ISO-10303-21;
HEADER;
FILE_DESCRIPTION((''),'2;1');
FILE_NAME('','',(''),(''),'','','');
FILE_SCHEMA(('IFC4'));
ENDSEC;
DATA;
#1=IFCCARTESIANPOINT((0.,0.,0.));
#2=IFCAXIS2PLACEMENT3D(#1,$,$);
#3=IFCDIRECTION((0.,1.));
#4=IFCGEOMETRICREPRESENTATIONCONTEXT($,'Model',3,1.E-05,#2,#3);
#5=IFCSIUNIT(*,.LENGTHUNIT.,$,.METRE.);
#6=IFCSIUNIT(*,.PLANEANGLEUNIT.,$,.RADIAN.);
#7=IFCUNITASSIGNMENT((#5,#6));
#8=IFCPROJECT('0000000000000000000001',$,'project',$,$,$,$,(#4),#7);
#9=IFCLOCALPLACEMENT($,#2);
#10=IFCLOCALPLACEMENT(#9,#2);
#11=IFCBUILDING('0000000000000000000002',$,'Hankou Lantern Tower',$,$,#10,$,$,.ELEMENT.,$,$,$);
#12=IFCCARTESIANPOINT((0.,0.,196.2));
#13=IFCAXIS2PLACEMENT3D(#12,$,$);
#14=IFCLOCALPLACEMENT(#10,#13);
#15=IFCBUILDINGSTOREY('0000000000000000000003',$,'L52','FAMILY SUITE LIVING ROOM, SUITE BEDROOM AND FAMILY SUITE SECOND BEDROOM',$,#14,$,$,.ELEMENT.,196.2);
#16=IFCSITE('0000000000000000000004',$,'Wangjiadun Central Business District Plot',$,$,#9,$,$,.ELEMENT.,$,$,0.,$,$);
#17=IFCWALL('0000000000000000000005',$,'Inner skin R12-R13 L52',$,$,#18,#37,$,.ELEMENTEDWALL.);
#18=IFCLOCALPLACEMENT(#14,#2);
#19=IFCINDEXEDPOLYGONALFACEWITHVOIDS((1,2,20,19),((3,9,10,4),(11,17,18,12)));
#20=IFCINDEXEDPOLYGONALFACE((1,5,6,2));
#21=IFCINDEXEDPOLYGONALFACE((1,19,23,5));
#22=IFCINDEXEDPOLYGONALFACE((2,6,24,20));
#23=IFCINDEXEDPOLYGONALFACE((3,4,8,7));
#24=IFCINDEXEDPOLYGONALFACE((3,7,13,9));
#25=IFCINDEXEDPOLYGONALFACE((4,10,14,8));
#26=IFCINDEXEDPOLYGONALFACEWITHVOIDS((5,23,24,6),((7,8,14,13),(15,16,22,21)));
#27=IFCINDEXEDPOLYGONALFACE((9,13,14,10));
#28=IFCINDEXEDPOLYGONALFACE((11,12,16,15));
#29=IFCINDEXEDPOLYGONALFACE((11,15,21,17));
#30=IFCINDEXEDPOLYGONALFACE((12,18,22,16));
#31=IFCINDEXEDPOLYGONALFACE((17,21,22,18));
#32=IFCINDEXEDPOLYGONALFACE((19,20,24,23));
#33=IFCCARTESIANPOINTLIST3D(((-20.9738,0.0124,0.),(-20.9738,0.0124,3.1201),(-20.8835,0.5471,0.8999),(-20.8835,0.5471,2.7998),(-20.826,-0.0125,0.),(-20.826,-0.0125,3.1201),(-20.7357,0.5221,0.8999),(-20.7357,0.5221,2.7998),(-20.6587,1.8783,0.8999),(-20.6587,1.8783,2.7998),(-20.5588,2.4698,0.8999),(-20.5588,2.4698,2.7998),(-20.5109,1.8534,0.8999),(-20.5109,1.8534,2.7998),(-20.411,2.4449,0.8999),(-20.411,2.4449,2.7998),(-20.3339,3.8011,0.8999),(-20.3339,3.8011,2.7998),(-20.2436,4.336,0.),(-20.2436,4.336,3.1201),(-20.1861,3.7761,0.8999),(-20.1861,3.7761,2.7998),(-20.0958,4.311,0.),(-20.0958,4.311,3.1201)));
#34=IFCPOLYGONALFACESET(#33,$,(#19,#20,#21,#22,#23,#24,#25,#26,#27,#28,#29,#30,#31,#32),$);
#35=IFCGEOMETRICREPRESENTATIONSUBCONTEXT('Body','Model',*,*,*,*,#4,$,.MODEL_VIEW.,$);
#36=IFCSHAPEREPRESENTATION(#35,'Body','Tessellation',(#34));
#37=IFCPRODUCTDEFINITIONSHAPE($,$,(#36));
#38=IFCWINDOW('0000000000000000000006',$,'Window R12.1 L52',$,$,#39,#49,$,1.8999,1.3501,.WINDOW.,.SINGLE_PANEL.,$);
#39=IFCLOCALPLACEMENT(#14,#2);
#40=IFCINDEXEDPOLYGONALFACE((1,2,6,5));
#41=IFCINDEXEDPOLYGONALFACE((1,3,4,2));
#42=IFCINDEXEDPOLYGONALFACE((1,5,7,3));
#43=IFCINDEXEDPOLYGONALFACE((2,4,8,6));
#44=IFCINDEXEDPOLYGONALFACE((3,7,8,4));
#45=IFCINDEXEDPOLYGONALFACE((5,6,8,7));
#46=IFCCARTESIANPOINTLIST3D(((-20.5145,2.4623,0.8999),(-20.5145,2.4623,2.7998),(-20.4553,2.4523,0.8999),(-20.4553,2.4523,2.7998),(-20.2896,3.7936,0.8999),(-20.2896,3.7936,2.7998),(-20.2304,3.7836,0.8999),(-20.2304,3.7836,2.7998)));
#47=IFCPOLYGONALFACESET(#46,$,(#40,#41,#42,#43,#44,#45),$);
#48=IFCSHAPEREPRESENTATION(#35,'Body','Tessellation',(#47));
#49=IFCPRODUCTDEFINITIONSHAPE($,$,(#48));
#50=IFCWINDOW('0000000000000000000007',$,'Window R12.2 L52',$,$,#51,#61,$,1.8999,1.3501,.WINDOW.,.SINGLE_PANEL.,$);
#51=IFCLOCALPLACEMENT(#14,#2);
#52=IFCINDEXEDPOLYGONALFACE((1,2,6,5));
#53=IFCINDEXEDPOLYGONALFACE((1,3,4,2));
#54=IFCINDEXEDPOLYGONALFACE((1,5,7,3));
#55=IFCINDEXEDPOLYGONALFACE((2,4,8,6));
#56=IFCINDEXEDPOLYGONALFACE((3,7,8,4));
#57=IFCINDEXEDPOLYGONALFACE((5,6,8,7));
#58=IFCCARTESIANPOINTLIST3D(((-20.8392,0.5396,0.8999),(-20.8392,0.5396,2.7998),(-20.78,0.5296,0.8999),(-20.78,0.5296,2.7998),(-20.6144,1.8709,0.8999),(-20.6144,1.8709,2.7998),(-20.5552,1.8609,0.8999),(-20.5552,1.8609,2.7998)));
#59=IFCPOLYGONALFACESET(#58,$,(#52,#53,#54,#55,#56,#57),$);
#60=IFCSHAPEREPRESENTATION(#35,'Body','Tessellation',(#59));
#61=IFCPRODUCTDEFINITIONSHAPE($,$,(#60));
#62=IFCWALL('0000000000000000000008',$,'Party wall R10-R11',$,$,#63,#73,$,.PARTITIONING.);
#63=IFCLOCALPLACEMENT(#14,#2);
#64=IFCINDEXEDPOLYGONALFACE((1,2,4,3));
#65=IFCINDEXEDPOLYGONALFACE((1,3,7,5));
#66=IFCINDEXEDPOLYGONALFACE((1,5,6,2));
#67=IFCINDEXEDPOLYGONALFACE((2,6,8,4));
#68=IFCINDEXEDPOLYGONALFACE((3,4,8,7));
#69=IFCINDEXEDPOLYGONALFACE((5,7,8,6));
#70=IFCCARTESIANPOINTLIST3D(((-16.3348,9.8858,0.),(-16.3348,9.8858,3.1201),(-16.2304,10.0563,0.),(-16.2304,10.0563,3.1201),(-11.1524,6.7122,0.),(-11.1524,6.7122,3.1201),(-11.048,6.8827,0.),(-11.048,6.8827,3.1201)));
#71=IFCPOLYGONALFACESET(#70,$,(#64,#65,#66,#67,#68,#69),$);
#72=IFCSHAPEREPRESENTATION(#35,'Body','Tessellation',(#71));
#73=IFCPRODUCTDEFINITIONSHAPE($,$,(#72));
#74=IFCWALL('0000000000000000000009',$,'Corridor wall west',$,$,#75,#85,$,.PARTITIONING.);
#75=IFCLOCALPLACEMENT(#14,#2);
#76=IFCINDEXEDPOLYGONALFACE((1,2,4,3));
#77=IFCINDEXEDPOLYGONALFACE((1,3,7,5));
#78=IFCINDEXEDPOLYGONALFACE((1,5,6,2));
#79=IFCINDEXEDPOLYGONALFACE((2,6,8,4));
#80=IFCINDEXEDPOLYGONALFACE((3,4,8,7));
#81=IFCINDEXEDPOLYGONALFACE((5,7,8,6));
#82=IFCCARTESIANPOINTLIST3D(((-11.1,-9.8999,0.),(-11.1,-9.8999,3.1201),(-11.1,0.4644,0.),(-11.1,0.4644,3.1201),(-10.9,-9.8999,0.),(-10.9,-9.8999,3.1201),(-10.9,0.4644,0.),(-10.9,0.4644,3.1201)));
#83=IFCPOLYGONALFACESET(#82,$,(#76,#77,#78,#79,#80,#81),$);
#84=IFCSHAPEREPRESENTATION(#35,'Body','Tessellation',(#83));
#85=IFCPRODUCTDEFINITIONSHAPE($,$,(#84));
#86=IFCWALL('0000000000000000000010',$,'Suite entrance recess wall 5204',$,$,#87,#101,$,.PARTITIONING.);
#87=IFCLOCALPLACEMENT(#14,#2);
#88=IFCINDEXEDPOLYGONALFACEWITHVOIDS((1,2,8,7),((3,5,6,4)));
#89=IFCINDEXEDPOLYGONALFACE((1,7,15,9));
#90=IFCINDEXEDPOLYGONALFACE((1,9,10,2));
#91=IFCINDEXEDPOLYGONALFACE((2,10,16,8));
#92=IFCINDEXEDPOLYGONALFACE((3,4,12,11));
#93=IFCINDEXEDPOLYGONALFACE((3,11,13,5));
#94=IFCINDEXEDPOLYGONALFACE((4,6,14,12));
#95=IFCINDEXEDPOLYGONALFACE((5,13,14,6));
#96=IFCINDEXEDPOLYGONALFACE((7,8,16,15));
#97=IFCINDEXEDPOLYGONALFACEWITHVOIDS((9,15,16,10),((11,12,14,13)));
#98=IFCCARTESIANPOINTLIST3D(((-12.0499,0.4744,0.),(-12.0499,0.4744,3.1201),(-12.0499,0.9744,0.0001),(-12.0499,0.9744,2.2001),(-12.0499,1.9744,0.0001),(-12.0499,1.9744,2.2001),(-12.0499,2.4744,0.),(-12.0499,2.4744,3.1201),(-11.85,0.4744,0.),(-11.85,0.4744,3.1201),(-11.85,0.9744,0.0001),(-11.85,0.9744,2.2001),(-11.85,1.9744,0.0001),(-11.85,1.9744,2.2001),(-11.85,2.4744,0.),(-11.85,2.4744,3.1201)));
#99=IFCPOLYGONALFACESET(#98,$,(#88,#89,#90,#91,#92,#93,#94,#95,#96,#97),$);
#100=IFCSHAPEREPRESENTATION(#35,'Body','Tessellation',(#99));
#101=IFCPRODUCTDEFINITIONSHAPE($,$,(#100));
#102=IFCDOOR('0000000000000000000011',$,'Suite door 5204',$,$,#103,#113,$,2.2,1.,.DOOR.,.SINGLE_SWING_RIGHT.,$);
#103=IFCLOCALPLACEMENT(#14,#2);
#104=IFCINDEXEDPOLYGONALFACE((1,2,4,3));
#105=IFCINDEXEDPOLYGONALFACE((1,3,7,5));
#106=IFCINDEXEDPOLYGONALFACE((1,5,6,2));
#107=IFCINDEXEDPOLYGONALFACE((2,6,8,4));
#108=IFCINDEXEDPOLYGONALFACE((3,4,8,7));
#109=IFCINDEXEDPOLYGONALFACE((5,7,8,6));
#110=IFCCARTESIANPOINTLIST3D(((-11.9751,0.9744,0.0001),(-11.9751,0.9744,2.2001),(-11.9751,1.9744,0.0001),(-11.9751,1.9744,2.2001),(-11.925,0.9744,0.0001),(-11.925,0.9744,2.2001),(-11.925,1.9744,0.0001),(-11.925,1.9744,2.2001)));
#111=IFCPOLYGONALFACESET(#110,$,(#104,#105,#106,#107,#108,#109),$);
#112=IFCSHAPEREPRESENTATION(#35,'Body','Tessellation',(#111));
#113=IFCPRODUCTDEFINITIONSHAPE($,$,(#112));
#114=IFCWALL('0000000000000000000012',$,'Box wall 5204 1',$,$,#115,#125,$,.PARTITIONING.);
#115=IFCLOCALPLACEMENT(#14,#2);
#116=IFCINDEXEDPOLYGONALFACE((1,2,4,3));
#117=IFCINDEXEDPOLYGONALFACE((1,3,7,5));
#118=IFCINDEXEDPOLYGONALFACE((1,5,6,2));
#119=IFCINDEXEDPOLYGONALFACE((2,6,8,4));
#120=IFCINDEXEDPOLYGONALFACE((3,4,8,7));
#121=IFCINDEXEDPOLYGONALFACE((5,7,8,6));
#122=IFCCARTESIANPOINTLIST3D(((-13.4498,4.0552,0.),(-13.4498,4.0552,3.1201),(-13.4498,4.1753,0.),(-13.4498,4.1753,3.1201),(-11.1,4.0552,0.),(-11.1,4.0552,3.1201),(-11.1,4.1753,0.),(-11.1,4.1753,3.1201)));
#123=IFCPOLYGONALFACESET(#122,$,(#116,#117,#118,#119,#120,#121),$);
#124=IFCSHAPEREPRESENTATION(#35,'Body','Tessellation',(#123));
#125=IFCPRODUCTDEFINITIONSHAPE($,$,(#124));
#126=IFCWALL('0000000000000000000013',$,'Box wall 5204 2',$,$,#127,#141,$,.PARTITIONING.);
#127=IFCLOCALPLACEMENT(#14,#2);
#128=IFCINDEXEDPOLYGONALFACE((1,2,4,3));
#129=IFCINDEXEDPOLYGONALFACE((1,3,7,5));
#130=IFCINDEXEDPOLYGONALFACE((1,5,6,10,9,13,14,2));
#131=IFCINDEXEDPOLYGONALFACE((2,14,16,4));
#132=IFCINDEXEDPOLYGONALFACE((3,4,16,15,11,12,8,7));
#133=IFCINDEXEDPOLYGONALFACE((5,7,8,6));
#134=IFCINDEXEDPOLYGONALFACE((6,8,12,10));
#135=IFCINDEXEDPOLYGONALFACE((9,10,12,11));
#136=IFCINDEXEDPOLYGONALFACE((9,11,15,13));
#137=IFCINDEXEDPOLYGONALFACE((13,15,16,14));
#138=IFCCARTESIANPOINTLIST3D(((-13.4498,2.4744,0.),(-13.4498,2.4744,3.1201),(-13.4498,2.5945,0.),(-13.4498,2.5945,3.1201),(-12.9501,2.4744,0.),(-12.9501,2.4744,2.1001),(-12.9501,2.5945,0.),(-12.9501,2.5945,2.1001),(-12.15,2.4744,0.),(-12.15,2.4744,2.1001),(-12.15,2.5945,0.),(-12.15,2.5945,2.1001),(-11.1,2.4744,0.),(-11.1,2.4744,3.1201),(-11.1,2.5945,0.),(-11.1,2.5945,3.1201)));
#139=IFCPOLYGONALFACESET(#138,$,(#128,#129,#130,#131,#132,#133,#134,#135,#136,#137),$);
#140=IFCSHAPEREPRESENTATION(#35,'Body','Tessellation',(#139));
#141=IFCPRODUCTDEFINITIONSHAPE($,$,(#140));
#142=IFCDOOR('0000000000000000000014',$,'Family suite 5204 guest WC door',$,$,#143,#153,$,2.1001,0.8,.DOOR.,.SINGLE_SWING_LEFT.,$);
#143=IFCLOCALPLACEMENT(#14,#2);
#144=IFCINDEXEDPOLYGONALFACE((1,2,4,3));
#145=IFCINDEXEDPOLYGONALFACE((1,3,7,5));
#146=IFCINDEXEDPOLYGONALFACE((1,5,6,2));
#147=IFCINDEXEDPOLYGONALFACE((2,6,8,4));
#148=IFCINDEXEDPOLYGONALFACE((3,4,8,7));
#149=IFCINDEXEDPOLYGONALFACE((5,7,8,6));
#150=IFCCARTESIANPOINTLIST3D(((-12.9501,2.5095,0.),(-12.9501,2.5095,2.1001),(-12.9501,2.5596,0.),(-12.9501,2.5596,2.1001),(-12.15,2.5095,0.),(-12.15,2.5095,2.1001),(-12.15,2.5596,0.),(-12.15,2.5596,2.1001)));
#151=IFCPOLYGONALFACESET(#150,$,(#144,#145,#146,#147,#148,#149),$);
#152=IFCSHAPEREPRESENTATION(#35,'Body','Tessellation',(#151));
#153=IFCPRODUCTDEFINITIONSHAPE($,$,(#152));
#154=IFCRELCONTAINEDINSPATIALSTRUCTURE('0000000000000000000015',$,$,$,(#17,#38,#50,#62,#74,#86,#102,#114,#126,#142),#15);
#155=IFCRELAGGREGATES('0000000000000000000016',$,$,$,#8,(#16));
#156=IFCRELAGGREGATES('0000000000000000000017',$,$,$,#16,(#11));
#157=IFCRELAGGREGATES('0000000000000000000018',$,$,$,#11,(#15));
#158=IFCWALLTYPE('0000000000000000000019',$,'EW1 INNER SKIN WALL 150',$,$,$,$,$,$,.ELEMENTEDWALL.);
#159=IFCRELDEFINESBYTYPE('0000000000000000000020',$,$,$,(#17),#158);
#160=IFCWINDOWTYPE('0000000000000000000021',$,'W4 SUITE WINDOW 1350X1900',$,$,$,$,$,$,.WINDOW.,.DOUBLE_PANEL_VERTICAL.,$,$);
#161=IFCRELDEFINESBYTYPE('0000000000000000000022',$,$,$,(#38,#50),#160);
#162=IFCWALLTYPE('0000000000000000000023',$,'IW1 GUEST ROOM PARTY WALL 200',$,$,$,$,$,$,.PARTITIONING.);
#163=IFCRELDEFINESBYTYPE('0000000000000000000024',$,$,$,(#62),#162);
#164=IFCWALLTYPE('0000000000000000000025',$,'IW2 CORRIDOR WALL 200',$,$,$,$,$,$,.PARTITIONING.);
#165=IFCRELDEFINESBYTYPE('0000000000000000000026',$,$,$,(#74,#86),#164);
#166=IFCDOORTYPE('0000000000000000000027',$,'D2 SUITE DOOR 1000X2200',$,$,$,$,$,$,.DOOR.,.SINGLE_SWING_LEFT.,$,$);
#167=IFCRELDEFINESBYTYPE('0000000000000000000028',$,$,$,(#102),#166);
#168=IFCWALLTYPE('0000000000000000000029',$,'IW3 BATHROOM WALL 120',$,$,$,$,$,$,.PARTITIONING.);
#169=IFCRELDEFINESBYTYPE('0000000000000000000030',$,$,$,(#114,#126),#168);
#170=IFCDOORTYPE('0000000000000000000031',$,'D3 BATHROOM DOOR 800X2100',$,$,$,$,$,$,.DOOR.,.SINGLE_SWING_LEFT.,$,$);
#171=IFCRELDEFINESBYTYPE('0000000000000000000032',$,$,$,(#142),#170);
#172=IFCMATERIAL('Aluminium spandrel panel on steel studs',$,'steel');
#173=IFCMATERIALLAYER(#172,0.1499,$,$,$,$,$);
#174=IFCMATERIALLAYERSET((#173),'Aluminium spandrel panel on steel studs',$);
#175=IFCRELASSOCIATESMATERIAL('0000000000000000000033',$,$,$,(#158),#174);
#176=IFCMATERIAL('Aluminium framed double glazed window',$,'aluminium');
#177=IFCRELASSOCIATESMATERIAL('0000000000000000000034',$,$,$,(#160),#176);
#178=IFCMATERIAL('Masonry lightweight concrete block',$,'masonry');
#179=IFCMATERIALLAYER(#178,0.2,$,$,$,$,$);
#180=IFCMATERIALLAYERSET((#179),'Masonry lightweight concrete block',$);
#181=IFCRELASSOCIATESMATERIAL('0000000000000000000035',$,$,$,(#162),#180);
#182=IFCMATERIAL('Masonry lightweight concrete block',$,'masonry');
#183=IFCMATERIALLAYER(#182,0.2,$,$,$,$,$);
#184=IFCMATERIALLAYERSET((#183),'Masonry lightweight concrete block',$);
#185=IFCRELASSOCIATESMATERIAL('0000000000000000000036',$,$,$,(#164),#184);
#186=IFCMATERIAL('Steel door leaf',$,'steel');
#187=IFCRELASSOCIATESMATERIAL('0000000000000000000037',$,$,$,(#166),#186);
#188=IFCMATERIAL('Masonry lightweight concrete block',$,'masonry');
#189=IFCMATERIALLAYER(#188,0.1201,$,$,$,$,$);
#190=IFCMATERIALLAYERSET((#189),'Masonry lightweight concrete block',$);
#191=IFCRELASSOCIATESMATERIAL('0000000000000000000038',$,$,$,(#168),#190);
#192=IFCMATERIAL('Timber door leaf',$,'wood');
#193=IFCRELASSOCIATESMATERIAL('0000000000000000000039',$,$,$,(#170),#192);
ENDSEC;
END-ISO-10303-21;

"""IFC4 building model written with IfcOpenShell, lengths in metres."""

from ifc_helpers import new_model, si_unit, direction, frame, frame_2d, origin, place, context, subcontext, project, spatial, rectangle, extrude, material, layer, layer_set, type_object, element, fill, save


model = new_model("IFC4")

# Units and contexts
model_context = context("Model", 3, precision=1e-05, world=origin(), true_north=direction((0.0, 1.0)))
body_context = subcontext(model_context, "Body", "Model", "MODEL_VIEW")
ifc_project = project(units=[si_unit("LENGTHUNIT", "METRE"), si_unit("PLANEANGLEUNIT", "RADIAN")], contexts=[model_context])

# Site, building, storey
site_placement = place(None, origin())
site = spatial("IfcSite", under=ifc_project, at=site_placement, Name="Wangjiadun Central Business District Plot", CompositionType="ELEMENT", RefElevation=0.0)
building_placement = place(site_placement, origin())
building = spatial("IfcBuilding", under=site, at=building_placement, Name="Hankou Lantern Tower", CompositionType="ELEMENT")
storey_placement = place(building_placement, frame((0.0, 0.0, 196.2)))
storey = spatial("IfcBuildingStorey", under=building, at=storey_placement, Name="L52", Description="FAMILY SUITE LIVING ROOM, SUITE BEDROOM AND FAMILY SUITE SECOND BEDROOM", CompositionType="ELEMENT", Elevation=196.2)

# Wall, openings, windows
ifc_material_1 = material(Name="Aluminium spandrel panel on steel studs", Category="steel")
ifc_layer_1 = layer(ifc_material_1, 0.1499)
ifc_layer_set_1 = layer_set([ifc_layer_1], Name="Aluminium spandrel panel on steel studs")
wall_type_1 = type_object("IfcWallType", Name="EW1 INNER SKIN WALL 150", PredefinedType="ELEMENTEDWALL", material=ifc_layer_set_1)
wall_1_placement = place(storey_placement, frame((-20.1697, 4.3235, 0.0), z_axis=(0.0, 0.0, 1.0), x_axis=(-0.166539, -0.986035, 0.0)))
wall_1 = element("IfcWall", 1, at=wall_1_placement, inside=storey, type_object=wall_type_1, Name="Inner skin R12-R13 L52", PredefinedType="ELEMENTEDWALL", context=body_context, shape_type="SweptSolid", body=[
    extrude(rectangle(XDim=4.3848, YDim=0.1499, at=frame_2d((2.1924, 0.0))), origin(), (0.0, 0.0, 1.0), 3.1201),
])
opening_1_placement = place(wall_1_placement, frame((0.5425, 0.0, 0.8999)))
opening_1 = element("IfcOpeningElement", 2, at=opening_1_placement, cuts=wall_1, PredefinedType="OPENING", context=body_context, shape_type="SweptSolid", body=[
    extrude(rectangle(XDim=1.3501, YDim=1.8999, at=frame_2d((0.675, 0.95))), frame((0.0, 0.085, 0.0), z_axis=(0.0, -1.0, 0.0), x_axis=(1.0, 0.0, 0.0)), (0.0, 0.0, 1.0), 0.1699),
])
opening_2_placement = place(wall_1_placement, frame((2.4924, 0.0, 0.8999)))
opening_2 = element("IfcOpeningElement", 3, at=opening_2_placement, cuts=wall_1, PredefinedType="OPENING", context=body_context, shape_type="SweptSolid", body=[
    extrude(rectangle(XDim=1.3501, YDim=1.8999, at=frame_2d((0.675, 0.95))), frame((0.0, 0.085, 0.0), z_axis=(0.0, -1.0, 0.0), x_axis=(1.0, 0.0, 0.0)), (0.0, 0.0, 1.0), 0.1699),
])
ifc_material_2 = material(Name="Aluminium framed double glazed window", Category="aluminium")
window_type = type_object("IfcWindowType", Name="W4 SUITE WINDOW 1350X1900", PartitioningType="DOUBLE_PANEL_VERTICAL", PredefinedType="WINDOW", material=ifc_material_2)
window_1_placement = place(opening_1_placement, origin())
window_1 = element("IfcWindow", 4, at=window_1_placement, inside=storey, type_object=window_type, Name="Window R12.1 L52", OverallHeight=1.8999, OverallWidth=1.3501, PartitioningType="SINGLE_PANEL", PredefinedType="WINDOW", context=body_context, shape_type="SweptSolid", body=[
    extrude(rectangle(XDim=1.3501, YDim=1.8999, at=frame_2d((0.675, 0.95))), frame((0.0, 0.03, 0.0), z_axis=(0.0, -1.0, 0.0), x_axis=(1.0, 0.0, 0.0)), (0.0, 0.0, 1.0), 0.0601),
])
fill(opening_1, window_1)
window_2_placement = place(opening_2_placement, origin())
window_2 = element("IfcWindow", 5, at=window_2_placement, inside=storey, type_object=window_type, Name="Window R12.2 L52", OverallHeight=1.8999, OverallWidth=1.3501, PartitioningType="SINGLE_PANEL", PredefinedType="WINDOW", context=body_context, shape_type="SweptSolid", body=[
    extrude(rectangle(XDim=1.3501, YDim=1.8999, at=frame_2d((0.675, 0.95))), frame((0.0, 0.03, 0.0), z_axis=(0.0, -1.0, 0.0), x_axis=(1.0, 0.0, 0.0)), (0.0, 0.0, 1.0), 0.0601),
])
fill(opening_2, window_2)

# Walls
ifc_material_3 = material(Name="Masonry lightweight concrete block", Category="masonry")
ifc_layer_2 = layer(ifc_material_3, 0.2)
ifc_layer_set_2 = layer_set([ifc_layer_2], Name="Masonry lightweight concrete block")
wall_type_2 = type_object("IfcWallType", Name="IW1 GUEST ROOM PARTY WALL 200", PredefinedType="PARTITIONING", material=ifc_layer_set_2)
wall_2_placement = place(storey_placement, frame((-11.1001, 6.7974, 0.0), z_axis=(0.0, 0.0, 1.0), x_axis=(-0.8528, 0.522238, 0.0)))
element("IfcWall", 6, at=wall_2_placement, inside=storey, type_object=wall_type_2, Name="Party wall R10-R11", PredefinedType="PARTITIONING", context=body_context, shape_type="SweptSolid", body=[
    extrude(rectangle(XDim=6.0769, YDim=0.2, at=frame_2d((3.0386, 0.0))), origin(), (0.0, 0.0, 1.0), 3.1201),
])
ifc_material_4 = material(Name="Masonry lightweight concrete block", Category="masonry")
ifc_layer_3 = layer(ifc_material_4, 0.2)
ifc_layer_set_3 = layer_set([ifc_layer_3], Name="Masonry lightweight concrete block")
wall_type_3 = type_object("IfcWallType", Name="IW2 CORRIDOR WALL 200", PredefinedType="PARTITIONING", material=ifc_layer_set_3)
wall_3_placement = place(storey_placement, frame((-11.0, 0.4644, 0.0), z_axis=(0.0, 0.0, 1.0), x_axis=(0.0, -1.0, 0.0)))
element("IfcWall", 7, at=wall_3_placement, inside=storey, type_object=wall_type_3, Name="Corridor wall west", PredefinedType="PARTITIONING", context=body_context, shape_type="SweptSolid", body=[
    extrude(rectangle(XDim=10.3643, YDim=0.2, at=frame_2d((5.1821, 0.0))), origin(), (0.0, 0.0, 1.0), 3.1201),
])

# Wall, opening, door
wall_4_placement = place(storey_placement, frame((-11.95, 2.4744, 0.0), z_axis=(0.0, 0.0, 1.0), x_axis=(0.0, -1.0, 0.0)))
wall_4 = element("IfcWall", 8, at=wall_4_placement, inside=storey, type_object=wall_type_3, Name="Suite entrance recess wall 5204", PredefinedType="PARTITIONING", context=body_context, shape_type="SweptSolid", body=[
    extrude(rectangle(XDim=2.0, YDim=0.2, at=frame_2d((1.0, 0.0))), origin(), (0.0, 0.0, 1.0), 3.1201),
])
opening_3_placement = place(wall_4_placement, frame((0.5, 0.0, 0.0)))
opening_3 = element("IfcOpeningElement", 9, at=opening_3_placement, cuts=wall_4, PredefinedType="OPENING", context=body_context, shape_type="SweptSolid", body=[
    extrude(rectangle(XDim=1.0, YDim=2.2, at=frame_2d((0.5, 1.1001))), frame((0.0, 0.1099, 0.0), z_axis=(0.0, -1.0, 0.0), x_axis=(1.0, 0.0, 0.0)), (0.0, 0.0, 1.0), 0.22),
])
ifc_material_5 = material(Name="Steel door leaf", Category="steel")
door_type_1 = type_object("IfcDoorType", Name="D2 SUITE DOOR 1000X2200", OperationType="SINGLE_SWING_LEFT", PredefinedType="DOOR", material=ifc_material_5)
door_1_placement = place(opening_3_placement, origin())
door_1 = element("IfcDoor", 10, at=door_1_placement, inside=storey, type_object=door_type_1, Name="Suite door 5204", OperationType="SINGLE_SWING_RIGHT", OverallHeight=2.2, OverallWidth=1.0, PredefinedType="DOOR", context=body_context, shape_type="SweptSolid", body=[
    extrude(rectangle(XDim=1.0, YDim=2.2, at=frame_2d((0.5, 1.1001))), frame((0.0, 0.0249, 0.0), z_axis=(0.0, -1.0, 0.0), x_axis=(1.0, 0.0, 0.0)), (0.0, 0.0, 1.0), 0.05),
])
fill(opening_3, door_1)

# Wall
ifc_material_6 = material(Name="Masonry lightweight concrete block", Category="masonry")
ifc_layer_4 = layer(ifc_material_6, 0.1201)
ifc_layer_set_4 = layer_set([ifc_layer_4], Name="Masonry lightweight concrete block")
wall_type_4 = type_object("IfcWallType", Name="IW3 BATHROOM WALL 120", PredefinedType="PARTITIONING", material=ifc_layer_set_4)
wall_5_placement = place(storey_placement, frame((-11.1001, 4.1152, 0.0), z_axis=(0.0, 0.0, 1.0), x_axis=(-1.0, 0.0, 0.0)))
element("IfcWall", 11, at=wall_5_placement, inside=storey, type_object=wall_type_4, Name="Box wall 5204 1", PredefinedType="PARTITIONING", context=body_context, shape_type="SweptSolid", body=[
    extrude(rectangle(XDim=2.3499, YDim=0.1201, at=frame_2d((1.1748, 0.0))), origin(), (0.0, 0.0, 1.0), 3.1201),
])

# Wall, opening, door
wall_6_placement = place(storey_placement, frame((-11.1001, 2.5344, 0.0), z_axis=(0.0, 0.0, 1.0), x_axis=(-1.0, 0.0, 0.0)))
wall_6 = element("IfcWall", 12, at=wall_6_placement, inside=storey, type_object=wall_type_4, Name="Box wall 5204 2", PredefinedType="PARTITIONING", context=body_context, shape_type="SweptSolid", body=[
    extrude(rectangle(XDim=2.3499, YDim=0.1201, at=frame_2d((1.1748, 0.0))), origin(), (0.0, 0.0, 1.0), 3.1201),
])
opening_4_placement = place(wall_6_placement, frame((1.05, 0.0, 0.0)))
opening_4 = element("IfcOpeningElement", 13, at=opening_4_placement, cuts=wall_6, PredefinedType="OPENING", context=body_context, shape_type="SweptSolid", body=[
    extrude(rectangle(XDim=0.8, YDim=2.1001, at=frame_2d((0.3999, 1.05))), frame((0.0, 0.0701, 0.0), z_axis=(0.0, -1.0, 0.0), x_axis=(1.0, 0.0, 0.0)), (0.0, 0.0, 1.0), 0.1401),
])
ifc_material_7 = material(Name="Timber door leaf", Category="wood")
door_type_2 = type_object("IfcDoorType", Name="D3 BATHROOM DOOR 800X2100", OperationType="SINGLE_SWING_LEFT", PredefinedType="DOOR", material=ifc_material_7)
door_2_placement = place(opening_4_placement, origin())
door_2 = element("IfcDoor", 14, at=door_2_placement, inside=storey, type_object=door_type_2, Name="Family suite 5204 guest WC door", OperationType="SINGLE_SWING_LEFT", OverallHeight=2.1001, OverallWidth=0.8, PredefinedType="DOOR", context=body_context, shape_type="SweptSolid", body=[
    extrude(rectangle(XDim=0.8, YDim=2.1001, at=frame_2d((0.3999, 1.05))), frame((0.0, 0.0249, 0.0), z_axis=(0.0, -1.0, 0.0), x_axis=(1.0, 0.0, 0.0)), (0.0, 0.0, 1.0), 0.05),
])
fill(opening_4, door_2)

save(model, "model.ifc")
